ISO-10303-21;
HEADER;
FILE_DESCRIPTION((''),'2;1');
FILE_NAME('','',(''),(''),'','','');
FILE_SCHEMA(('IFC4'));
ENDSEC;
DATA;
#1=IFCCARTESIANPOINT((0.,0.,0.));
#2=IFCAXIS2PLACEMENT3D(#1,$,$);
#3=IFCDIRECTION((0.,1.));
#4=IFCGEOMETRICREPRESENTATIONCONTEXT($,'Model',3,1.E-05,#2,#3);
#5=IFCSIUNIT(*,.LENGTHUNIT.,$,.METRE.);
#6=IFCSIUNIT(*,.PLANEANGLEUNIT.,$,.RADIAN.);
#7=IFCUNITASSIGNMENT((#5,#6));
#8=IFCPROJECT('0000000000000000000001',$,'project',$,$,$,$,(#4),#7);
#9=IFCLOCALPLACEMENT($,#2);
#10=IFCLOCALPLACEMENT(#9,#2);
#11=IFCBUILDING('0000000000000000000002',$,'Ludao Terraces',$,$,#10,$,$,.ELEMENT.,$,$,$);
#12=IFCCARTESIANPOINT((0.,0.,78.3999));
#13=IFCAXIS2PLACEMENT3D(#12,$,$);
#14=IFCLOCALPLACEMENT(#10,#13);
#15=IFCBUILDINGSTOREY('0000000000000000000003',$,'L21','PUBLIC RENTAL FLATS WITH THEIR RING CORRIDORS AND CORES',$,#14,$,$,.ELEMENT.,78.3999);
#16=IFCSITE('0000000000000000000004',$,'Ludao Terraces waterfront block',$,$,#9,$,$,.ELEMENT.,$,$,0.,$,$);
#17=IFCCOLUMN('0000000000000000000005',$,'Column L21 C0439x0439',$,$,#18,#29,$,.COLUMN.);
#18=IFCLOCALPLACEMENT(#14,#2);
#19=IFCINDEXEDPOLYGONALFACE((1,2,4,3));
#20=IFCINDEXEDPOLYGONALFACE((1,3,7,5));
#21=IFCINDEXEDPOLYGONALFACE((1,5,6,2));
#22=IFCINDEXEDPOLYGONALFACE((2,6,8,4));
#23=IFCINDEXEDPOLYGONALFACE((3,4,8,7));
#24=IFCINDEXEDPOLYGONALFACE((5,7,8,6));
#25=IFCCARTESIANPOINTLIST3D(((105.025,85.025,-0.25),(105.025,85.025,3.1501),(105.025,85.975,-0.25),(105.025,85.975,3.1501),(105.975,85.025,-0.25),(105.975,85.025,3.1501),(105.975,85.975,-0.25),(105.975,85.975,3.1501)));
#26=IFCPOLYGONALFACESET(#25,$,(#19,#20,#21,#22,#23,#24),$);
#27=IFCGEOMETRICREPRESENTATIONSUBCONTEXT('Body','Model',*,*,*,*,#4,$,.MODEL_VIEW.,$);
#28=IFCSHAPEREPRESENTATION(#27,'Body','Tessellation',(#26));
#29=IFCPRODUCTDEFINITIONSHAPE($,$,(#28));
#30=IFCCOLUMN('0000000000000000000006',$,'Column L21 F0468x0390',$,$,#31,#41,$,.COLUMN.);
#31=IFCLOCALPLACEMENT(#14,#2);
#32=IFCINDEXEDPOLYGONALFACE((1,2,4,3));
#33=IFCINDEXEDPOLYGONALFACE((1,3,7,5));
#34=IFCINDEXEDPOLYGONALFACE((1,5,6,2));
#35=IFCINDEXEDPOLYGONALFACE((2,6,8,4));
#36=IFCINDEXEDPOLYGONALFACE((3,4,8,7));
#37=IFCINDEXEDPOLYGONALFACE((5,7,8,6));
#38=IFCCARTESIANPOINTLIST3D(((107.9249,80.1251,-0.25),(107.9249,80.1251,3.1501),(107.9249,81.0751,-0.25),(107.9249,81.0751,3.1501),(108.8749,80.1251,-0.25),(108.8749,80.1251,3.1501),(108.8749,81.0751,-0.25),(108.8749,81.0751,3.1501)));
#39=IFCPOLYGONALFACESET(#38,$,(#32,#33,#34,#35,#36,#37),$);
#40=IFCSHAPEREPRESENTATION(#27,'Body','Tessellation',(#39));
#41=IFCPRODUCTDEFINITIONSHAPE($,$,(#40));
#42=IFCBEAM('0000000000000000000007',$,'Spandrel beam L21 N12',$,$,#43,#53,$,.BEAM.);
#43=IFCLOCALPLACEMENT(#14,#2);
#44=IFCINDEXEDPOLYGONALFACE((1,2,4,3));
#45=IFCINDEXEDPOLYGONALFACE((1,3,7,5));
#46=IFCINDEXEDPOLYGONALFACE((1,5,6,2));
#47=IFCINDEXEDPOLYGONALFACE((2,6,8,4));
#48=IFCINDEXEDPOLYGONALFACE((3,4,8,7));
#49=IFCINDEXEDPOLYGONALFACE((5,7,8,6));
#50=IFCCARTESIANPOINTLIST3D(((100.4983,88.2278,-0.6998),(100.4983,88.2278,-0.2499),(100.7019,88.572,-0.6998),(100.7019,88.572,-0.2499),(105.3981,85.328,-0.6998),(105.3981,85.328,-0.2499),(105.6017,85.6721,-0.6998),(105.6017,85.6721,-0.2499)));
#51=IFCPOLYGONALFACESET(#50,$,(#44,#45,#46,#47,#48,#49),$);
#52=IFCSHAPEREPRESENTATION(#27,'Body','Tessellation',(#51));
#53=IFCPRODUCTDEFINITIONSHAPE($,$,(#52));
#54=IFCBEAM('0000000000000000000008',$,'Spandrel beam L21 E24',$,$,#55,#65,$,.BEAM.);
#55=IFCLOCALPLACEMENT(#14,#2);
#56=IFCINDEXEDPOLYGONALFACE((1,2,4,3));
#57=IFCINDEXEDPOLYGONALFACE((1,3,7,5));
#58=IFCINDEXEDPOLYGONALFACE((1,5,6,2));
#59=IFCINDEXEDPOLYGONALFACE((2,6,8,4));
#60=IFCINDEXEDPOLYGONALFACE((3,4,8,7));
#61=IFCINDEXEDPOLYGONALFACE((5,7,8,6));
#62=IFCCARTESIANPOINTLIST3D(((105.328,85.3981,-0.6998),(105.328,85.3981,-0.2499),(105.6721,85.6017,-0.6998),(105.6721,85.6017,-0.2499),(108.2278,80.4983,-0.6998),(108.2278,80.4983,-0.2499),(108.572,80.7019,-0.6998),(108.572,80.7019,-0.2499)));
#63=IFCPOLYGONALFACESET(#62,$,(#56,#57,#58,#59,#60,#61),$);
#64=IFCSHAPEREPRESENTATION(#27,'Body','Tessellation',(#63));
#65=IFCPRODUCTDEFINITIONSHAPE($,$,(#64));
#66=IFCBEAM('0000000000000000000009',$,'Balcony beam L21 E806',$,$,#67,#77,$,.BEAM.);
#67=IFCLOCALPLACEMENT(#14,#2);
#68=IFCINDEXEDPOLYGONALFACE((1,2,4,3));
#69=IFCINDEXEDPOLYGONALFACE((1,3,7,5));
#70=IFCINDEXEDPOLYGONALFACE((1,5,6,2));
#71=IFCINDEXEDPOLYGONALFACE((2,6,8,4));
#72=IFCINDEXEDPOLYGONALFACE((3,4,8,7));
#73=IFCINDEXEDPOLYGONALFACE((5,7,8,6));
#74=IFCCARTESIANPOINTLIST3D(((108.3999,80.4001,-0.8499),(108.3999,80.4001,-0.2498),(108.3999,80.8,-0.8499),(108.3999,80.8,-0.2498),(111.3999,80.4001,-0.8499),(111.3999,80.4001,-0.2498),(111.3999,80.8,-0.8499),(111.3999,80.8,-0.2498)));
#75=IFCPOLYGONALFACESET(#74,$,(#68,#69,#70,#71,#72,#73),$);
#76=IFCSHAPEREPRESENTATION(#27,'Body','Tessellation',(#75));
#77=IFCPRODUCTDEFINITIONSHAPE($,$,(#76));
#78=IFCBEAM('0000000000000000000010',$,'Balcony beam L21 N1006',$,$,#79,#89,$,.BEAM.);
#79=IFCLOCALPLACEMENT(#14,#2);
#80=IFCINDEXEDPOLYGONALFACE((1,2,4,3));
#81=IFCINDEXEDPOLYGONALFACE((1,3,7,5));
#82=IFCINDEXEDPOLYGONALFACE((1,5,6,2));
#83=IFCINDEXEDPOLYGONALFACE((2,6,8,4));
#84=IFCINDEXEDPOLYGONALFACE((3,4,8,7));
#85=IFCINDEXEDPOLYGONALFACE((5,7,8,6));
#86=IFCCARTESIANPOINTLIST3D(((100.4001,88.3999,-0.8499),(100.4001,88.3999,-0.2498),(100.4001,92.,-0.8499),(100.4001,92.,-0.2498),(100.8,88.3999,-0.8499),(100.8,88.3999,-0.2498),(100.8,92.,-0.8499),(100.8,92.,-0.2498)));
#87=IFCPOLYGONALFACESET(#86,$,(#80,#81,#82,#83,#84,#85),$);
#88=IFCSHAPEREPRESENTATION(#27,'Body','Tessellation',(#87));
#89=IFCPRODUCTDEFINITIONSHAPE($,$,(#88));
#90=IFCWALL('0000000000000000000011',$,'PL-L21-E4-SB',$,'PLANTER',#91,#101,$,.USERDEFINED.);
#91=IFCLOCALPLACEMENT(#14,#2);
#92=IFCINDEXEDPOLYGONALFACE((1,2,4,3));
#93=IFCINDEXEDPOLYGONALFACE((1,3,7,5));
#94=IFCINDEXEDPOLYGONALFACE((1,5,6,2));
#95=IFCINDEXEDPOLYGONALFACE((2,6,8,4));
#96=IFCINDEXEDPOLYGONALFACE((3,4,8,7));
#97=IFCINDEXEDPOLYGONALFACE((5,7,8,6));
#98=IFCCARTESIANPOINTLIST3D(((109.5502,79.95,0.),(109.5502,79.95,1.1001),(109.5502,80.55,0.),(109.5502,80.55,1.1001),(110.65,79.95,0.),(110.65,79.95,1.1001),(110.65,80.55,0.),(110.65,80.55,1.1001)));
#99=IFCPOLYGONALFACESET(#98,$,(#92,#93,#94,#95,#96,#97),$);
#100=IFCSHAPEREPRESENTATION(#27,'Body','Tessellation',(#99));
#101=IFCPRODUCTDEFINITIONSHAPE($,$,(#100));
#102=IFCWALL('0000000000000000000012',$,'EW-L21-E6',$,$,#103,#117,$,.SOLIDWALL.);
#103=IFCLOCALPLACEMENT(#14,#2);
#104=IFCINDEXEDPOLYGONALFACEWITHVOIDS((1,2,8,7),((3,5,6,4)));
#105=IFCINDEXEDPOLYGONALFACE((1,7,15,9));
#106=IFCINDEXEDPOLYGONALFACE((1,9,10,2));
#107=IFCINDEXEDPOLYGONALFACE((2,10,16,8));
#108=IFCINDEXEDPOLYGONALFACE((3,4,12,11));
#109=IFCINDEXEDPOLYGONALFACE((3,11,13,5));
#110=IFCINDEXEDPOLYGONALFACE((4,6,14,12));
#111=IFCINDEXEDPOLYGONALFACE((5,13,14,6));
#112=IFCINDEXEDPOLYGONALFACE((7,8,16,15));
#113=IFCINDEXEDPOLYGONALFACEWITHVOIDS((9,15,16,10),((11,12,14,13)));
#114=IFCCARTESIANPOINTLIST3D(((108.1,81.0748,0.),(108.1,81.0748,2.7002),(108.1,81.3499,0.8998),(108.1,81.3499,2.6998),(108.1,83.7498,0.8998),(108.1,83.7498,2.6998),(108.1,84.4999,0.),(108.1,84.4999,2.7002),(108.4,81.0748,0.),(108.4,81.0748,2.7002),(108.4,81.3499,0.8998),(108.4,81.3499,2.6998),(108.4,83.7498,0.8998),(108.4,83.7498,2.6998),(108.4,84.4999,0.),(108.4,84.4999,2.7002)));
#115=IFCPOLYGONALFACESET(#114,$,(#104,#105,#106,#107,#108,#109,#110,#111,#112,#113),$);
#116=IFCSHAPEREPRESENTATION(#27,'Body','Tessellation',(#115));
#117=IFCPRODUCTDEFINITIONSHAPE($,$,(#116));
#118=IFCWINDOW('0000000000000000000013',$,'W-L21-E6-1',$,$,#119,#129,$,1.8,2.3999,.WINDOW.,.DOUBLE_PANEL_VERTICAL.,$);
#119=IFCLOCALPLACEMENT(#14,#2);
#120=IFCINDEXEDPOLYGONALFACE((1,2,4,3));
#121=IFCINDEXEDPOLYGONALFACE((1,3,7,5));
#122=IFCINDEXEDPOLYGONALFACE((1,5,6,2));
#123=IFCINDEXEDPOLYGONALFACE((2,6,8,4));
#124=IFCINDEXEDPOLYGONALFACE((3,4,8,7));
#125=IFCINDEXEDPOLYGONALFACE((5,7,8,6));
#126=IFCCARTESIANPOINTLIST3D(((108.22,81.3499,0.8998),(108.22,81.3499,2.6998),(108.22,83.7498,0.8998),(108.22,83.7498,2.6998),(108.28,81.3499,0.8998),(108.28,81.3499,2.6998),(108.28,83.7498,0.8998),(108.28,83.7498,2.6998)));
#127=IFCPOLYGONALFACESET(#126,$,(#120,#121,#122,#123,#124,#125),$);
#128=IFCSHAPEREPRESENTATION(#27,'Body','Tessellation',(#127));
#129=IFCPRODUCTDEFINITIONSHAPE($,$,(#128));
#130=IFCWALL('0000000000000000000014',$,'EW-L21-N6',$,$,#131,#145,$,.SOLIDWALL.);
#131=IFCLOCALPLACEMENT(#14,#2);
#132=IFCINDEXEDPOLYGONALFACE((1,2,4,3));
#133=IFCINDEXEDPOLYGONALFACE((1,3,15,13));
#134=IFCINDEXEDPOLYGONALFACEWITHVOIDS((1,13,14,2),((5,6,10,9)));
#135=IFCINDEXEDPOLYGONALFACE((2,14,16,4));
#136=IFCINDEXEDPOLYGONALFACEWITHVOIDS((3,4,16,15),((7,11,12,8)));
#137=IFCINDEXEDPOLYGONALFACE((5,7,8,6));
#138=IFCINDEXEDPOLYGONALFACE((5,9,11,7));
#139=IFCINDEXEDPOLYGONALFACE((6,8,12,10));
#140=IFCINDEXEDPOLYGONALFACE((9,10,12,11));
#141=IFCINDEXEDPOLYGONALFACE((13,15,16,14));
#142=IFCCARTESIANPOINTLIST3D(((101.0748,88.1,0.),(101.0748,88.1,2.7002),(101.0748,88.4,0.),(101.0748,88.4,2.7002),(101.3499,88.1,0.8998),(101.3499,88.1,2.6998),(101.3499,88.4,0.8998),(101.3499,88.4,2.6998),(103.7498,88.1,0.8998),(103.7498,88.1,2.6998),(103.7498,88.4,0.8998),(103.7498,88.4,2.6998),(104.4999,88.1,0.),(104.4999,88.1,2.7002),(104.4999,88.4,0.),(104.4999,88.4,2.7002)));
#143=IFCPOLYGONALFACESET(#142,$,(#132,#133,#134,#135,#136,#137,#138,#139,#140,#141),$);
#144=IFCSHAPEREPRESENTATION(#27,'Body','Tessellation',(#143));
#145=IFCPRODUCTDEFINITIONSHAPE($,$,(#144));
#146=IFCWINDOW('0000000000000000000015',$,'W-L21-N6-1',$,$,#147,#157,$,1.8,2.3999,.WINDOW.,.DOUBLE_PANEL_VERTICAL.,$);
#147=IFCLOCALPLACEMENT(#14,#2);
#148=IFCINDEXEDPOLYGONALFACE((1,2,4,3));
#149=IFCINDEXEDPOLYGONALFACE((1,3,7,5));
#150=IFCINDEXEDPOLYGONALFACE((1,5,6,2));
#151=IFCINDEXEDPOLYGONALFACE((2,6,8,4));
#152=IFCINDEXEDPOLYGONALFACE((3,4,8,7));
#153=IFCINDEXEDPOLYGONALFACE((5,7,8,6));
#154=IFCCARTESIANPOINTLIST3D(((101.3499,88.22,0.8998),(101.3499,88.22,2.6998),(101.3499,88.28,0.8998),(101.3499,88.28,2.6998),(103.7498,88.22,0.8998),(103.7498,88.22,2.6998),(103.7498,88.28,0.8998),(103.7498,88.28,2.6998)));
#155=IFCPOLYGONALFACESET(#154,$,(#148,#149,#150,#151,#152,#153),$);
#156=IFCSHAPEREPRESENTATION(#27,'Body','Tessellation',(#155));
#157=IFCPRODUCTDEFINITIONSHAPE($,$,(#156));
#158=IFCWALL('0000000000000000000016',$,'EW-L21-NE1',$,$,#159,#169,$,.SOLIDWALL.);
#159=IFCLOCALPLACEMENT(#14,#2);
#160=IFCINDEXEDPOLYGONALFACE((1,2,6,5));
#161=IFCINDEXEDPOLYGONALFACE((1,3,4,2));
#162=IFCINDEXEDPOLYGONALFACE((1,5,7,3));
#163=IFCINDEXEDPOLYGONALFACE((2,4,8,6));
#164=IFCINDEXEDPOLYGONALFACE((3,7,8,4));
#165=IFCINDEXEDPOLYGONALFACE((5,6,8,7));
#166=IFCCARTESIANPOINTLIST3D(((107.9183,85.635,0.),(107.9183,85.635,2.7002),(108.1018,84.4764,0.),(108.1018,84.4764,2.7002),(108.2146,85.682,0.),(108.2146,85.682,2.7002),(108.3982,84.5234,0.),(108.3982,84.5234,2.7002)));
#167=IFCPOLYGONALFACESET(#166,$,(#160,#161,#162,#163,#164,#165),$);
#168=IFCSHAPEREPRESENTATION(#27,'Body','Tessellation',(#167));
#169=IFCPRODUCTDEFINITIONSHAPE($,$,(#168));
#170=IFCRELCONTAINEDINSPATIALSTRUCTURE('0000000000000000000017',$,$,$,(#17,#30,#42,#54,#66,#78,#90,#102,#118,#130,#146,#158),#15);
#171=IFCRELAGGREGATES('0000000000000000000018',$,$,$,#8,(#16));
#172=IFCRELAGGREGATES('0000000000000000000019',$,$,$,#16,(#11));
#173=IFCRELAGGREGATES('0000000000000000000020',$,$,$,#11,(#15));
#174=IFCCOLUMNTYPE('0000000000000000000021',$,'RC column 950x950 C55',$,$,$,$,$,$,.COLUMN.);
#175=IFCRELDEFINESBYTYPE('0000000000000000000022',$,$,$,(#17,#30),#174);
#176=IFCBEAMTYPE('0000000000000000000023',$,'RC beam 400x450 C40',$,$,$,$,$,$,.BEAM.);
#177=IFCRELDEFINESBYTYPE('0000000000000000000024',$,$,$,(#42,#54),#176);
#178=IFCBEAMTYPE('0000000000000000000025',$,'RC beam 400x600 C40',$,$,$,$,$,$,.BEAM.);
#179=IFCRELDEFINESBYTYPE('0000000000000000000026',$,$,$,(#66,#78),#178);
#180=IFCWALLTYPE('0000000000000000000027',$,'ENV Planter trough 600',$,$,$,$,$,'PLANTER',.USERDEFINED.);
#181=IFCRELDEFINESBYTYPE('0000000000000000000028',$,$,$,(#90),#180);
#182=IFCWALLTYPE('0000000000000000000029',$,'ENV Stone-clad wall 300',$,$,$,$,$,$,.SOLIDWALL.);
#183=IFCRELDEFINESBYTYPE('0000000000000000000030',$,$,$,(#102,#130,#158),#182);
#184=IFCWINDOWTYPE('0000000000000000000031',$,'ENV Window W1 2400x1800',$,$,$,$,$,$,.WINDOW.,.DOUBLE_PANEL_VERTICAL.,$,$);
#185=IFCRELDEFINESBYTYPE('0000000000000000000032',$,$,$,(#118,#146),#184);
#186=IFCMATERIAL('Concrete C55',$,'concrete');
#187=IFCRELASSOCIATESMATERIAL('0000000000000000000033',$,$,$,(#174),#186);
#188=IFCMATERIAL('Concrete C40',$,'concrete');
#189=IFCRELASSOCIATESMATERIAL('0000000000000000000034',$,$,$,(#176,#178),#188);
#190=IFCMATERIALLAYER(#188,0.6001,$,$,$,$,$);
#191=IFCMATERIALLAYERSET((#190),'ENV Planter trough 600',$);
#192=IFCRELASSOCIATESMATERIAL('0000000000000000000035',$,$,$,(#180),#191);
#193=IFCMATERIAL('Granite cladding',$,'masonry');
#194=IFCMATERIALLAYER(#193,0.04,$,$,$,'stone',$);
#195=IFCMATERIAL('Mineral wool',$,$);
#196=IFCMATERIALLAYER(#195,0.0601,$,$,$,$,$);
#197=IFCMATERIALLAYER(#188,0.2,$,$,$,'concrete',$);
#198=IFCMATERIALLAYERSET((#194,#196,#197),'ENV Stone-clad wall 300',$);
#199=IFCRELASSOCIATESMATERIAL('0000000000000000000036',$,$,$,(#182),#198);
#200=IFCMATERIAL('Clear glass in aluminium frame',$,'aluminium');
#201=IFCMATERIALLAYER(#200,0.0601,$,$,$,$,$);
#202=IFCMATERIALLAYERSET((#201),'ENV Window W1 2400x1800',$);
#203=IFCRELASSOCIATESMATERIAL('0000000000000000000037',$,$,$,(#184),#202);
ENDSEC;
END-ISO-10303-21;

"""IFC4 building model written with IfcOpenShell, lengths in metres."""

from ifc_helpers import new_model, si_unit, direction, frame, frame_2d, origin, origin_2d, place, context, subcontext, project, spatial, rectangle, extrude, material, layer, layer_set, material_profile, profile_set, type_object, element, fill, save


model = new_model("IFC4")

# Units and contexts
model_context = context("Model", 3, precision=1e-05, world=origin(), true_north=direction((0.0, 1.0)))
body_context = subcontext(model_context, "Body", "Model", "MODEL_VIEW")
ifc_project = project(units=[si_unit("LENGTHUNIT", "METRE"), si_unit("PLANEANGLEUNIT", "RADIAN")], contexts=[model_context])

# Site, building, storey
site_placement = place(None, origin())
site = spatial("IfcSite", under=ifc_project, at=site_placement, Name="Ludao Terraces waterfront block", CompositionType="ELEMENT", RefElevation=0.0)
building_placement = place(site_placement, origin())
building = spatial("IfcBuilding", under=site, at=building_placement, Name="Ludao Terraces", CompositionType="ELEMENT")
storey_placement = place(building_placement, frame((0.0, 0.0, 78.3999)))
storey = spatial("IfcBuildingStorey", under=building, at=storey_placement, Name="L21", Description="PUBLIC RENTAL FLATS WITH THEIR RING CORRIDORS AND CORES", CompositionType="ELEMENT", Elevation=78.3999)

# Columns
ifc_material_1 = material(Name="Concrete C55", Category="concrete")
ifc_material_profile_1 = material_profile(ifc_material_1, rectangle(XDim=0.95, YDim=0.95, at=origin_2d()), Name="950 X 950")
ifc_profile_set_1 = profile_set([ifc_material_profile_1], Name="Concrete C55")
column_type = type_object("IfcColumnType", Name="RC column 950x950 C55", PredefinedType="COLUMN", material=ifc_profile_set_1)
for number, where, z_axis, x_axis, name in (
    (1, (105.5, 85.5, -0.25), (0.0, 0.0, 1.0), (1.0, 0.0, 0.0), "Column L21 C0439x0439"),
    (2, (108.3999, 80.6001, -0.25), (0.0, 0.0, 1.0), (1.0, 0.0, 0.0), "Column L21 F0468x0390"),
):
    element("IfcColumn", number, at=place(storey_placement, frame(where, z_axis=z_axis, x_axis=x_axis)), inside=storey, type_object=column_type, Name=name, PredefinedType="COLUMN", context=body_context, shape_type="SweptSolid", body=[
        extrude(rectangle(XDim=0.95, YDim=0.95, at=origin_2d()), origin(), (0.0, 0.0, 1.0), 3.4001),
    ])

# Beams
ifc_material_2 = material(Name="Concrete C40", Category="concrete")
ifc_material_profile_2 = material_profile(ifc_material_2, rectangle(XDim=0.3999, YDim=0.45, at=origin_2d()), Name="400 X 450")
ifc_profile_set_2 = profile_set([ifc_material_profile_2], Name="Concrete C40")
beam_type_1 = type_object("IfcBeamType", Name="RC beam 400x450 C40", PredefinedType="BEAM", material=ifc_profile_set_2)
for number, where, z_axis, x_axis, name in (
    (3, (100.6001, 88.3999, -0.4749), (0.86058, -0.509316, 0.0), (0.509316, 0.86058, 0.0), "Spandrel beam L21 N12"),
    (4, (108.3999, 80.6001, -0.4749), (-0.509316, 0.86058, 0.0), (-0.86058, -0.509316, 0.0), "Spandrel beam L21 E24"),
):
    element("IfcBeam", number, at=place(storey_placement, frame(where, z_axis=z_axis, x_axis=x_axis)), inside=storey, type_object=beam_type_1, Name=name, PredefinedType="BEAM", context=body_context, shape_type="SweptSolid", body=[
        extrude(rectangle(XDim=0.3999, YDim=0.45, at=origin_2d()), origin(), (0.0, 0.0, 1.0), 5.6936),
    ])
ifc_material_profile_3 = material_profile(ifc_material_2, rectangle(XDim=0.3999, YDim=0.6001, at=origin_2d()), Name="400 X 600")
ifc_profile_set_3 = profile_set([ifc_material_profile_3], Name="Concrete C40")
beam_type_2 = type_object("IfcBeamType", Name="RC beam 400x600 C40", PredefinedType="BEAM", material=ifc_profile_set_3)
beam_1_placement = place(storey_placement, frame((108.3999, 80.6001, -0.5498), z_axis=(1.0, 0.0, 0.0), x_axis=(0.0, 1.0, 0.0)))
element("IfcBeam", 5, at=beam_1_placement, inside=storey, type_object=beam_type_2, Name="Balcony beam L21 E806", PredefinedType="BEAM", context=body_context, shape_type="SweptSolid", body=[
    extrude(rectangle(XDim=0.3999, YDim=0.6001, at=origin_2d()), origin(), (0.0, 0.0, 1.0), 3.0),
])
beam_2_placement = place(storey_placement, frame((100.6001, 88.3999, -0.5498), z_axis=(0.0, 1.0, 0.0), x_axis=(-1.0, 0.0, 0.0)))
element("IfcBeam", 6, at=beam_2_placement, inside=storey, type_object=beam_type_2, Name="Balcony beam L21 N1006", PredefinedType="BEAM", context=body_context, shape_type="SweptSolid", body=[
    extrude(rectangle(XDim=0.3999, YDim=0.6001, at=origin_2d()), origin(), (0.0, 0.0, 1.0), 3.6001),
])

# Wall
ifc_layer_1 = layer(ifc_material_2, 0.6001)
ifc_layer_set_1 = layer_set([ifc_layer_1], Name="ENV Planter trough 600")
wall_type_1 = type_object("IfcWallType", Name="ENV Planter trough 600", ElementType="PLANTER", PredefinedType="USERDEFINED", material=ifc_layer_set_1)
wall_1_placement = place(storey_placement, frame((110.6499, 80.25, 0.0), z_axis=(0.0, 0.0, 1.0), x_axis=(-1.0, 0.0, 0.0)))
element("IfcWall", 7, at=wall_1_placement, inside=storey, type_object=wall_type_1, Name="PL-L21-E4-SB", ObjectType="PLANTER", PredefinedType="USERDEFINED", context=body_context, shape_type="SweptSolid", body=[
    extrude(rectangle(XDim=1.0999, YDim=0.6001, at=frame_2d((0.5498, 0.0))), origin(), (0.0, 0.0, 1.0), 1.1001),
])

# Walls, openings, windows
ifc_material_3 = material(Name="Granite cladding", Category="masonry")
ifc_layer_2 = layer(ifc_material_3, 0.04, Category="stone")
ifc_material_4 = material(Name="Mineral wool")
ifc_layer_3 = layer(ifc_material_4, 0.0601)
ifc_layer_4 = layer(ifc_material_2, 0.2, Category="concrete")
ifc_layer_set_2 = layer_set([ifc_layer_2, ifc_layer_3, ifc_layer_4], Name="ENV Stone-clad wall 300")
wall_type_2 = type_object("IfcWallType", Name="ENV Stone-clad wall 300", PredefinedType="SOLIDWALL", material=ifc_layer_set_2)
wall_2_placement = place(storey_placement, frame((108.25, 81.075, 0.0), z_axis=(0.0, 0.0, 1.0), x_axis=(0.0, 1.0, 0.0)))
wall_2 = element("IfcWall", 8, at=wall_2_placement, inside=storey, type_object=wall_type_2, Name="EW-L21-E6", PredefinedType="SOLIDWALL", context=body_context, shape_type="SweptSolid", body=[
    extrude(rectangle(XDim=3.425, YDim=0.3, at=frame_2d((1.7124, 0.0))), origin(), (0.0, 0.0, 1.0), 2.7002),
])
opening_1_placement = place(wall_2_placement, frame((0.2749, 0.0, 0.8999)))
opening_1 = element("IfcOpeningElement", 9, at=opening_1_placement, cuts=wall_2, PredefinedType="OPENING", context=body_context, shape_type="SweptSolid", body=[
    extrude(rectangle(XDim=2.3999, YDim=1.8, at=frame_2d((1.2, 0.8999))), frame((0.0, 0.1602, 0.0), z_axis=(0.0, -1.0, 0.0), x_axis=(1.0, 0.0, 0.0)), (0.0, 0.0, 1.0), 0.3201),
])
ifc_material_5 = material(Name="Clear glass in aluminium frame", Category="aluminium")
ifc_layer_5 = layer(ifc_material_5, 0.0601)
ifc_layer_set_3 = layer_set([ifc_layer_5], Name="ENV Window W1 2400x1800")
window_type_1 = type_object("IfcWindowType", Name="ENV Window W1 2400x1800", PartitioningType="DOUBLE_PANEL_VERTICAL", PredefinedType="WINDOW", material=ifc_layer_set_3)
window_1_placement = place(opening_1_placement, origin())
window_1 = element("IfcWindow", 10, at=window_1_placement, inside=storey, type_object=window_type_1, Name="W-L21-E6-1", OverallHeight=1.8, OverallWidth=2.3999, PartitioningType="DOUBLE_PANEL_VERTICAL", PredefinedType="WINDOW", context=body_context, shape_type="SweptSolid", body=[
    extrude(rectangle(XDim=2.3999, YDim=1.8, at=frame_2d((1.2, 0.8999))), frame((0.0, 0.03, 0.0), z_axis=(0.0, -1.0, 0.0), x_axis=(1.0, 0.0, 0.0)), (0.0, 0.0, 1.0), 0.0601),
])
fill(opening_1, window_1)
wall_3_placement = place(storey_placement, frame((101.075, 88.25, 0.0), z_axis=(0.0, 0.0, 1.0), x_axis=(1.0, 0.0, 0.0)))
wall_3 = element("IfcWall", 11, at=wall_3_placement, inside=storey, type_object=wall_type_2, Name="EW-L21-N6", PredefinedType="SOLIDWALL", context=body_context, shape_type="SweptSolid", body=[
    extrude(rectangle(XDim=3.425, YDim=0.3, at=frame_2d((1.7124, 0.0))), origin(), (0.0, 0.0, 1.0), 2.7002),
])
opening_2_placement = place(wall_3_placement, frame((0.2749, 0.0, 0.8999)))
opening_2 = element("IfcOpeningElement", 12, at=opening_2_placement, cuts=wall_3, PredefinedType="OPENING", context=body_context, shape_type="SweptSolid", body=[
    extrude(rectangle(XDim=2.3999, YDim=1.8, at=frame_2d((1.2, 0.8999))), frame((0.0, 0.1602, 0.0), z_axis=(0.0, -1.0, 0.0), x_axis=(1.0, 0.0, 0.0)), (0.0, 0.0, 1.0), 0.3201),
])
window_2_placement = place(opening_2_placement, origin())
window_2 = element("IfcWindow", 13, at=window_2_placement, inside=storey, type_object=window_type_1, Name="W-L21-N6-1", OverallHeight=1.8, OverallWidth=2.3999, PartitioningType="DOUBLE_PANEL_VERTICAL", PredefinedType="WINDOW", context=body_context, shape_type="SweptSolid", body=[
    extrude(rectangle(XDim=2.3999, YDim=1.8, at=frame_2d((1.2, 0.8999))), frame((0.0, 0.03, 0.0), z_axis=(0.0, -1.0, 0.0), x_axis=(1.0, 0.0, 0.0)), (0.0, 0.0, 1.0), 0.0601),
])
fill(opening_2, window_2)

# Wall
wall_4_placement = place(storey_placement, frame((108.25, 84.5, 0.0), z_axis=(0.0, 0.0, 1.0), x_axis=(-0.156497, 0.987678, 0.0)))
element("IfcWall", 14, at=wall_4_placement, inside=storey, type_object=wall_type_2, Name="EW-L21-NE1", PredefinedType="SOLIDWALL", context=body_context, shape_type="SweptSolid", body=[
    extrude(rectangle(XDim=1.1731, YDim=0.3, at=frame_2d((0.5864, 0.0))), origin(), (0.0, 0.0, 1.0), 2.7002),
])

save(model, "model.ifc")
